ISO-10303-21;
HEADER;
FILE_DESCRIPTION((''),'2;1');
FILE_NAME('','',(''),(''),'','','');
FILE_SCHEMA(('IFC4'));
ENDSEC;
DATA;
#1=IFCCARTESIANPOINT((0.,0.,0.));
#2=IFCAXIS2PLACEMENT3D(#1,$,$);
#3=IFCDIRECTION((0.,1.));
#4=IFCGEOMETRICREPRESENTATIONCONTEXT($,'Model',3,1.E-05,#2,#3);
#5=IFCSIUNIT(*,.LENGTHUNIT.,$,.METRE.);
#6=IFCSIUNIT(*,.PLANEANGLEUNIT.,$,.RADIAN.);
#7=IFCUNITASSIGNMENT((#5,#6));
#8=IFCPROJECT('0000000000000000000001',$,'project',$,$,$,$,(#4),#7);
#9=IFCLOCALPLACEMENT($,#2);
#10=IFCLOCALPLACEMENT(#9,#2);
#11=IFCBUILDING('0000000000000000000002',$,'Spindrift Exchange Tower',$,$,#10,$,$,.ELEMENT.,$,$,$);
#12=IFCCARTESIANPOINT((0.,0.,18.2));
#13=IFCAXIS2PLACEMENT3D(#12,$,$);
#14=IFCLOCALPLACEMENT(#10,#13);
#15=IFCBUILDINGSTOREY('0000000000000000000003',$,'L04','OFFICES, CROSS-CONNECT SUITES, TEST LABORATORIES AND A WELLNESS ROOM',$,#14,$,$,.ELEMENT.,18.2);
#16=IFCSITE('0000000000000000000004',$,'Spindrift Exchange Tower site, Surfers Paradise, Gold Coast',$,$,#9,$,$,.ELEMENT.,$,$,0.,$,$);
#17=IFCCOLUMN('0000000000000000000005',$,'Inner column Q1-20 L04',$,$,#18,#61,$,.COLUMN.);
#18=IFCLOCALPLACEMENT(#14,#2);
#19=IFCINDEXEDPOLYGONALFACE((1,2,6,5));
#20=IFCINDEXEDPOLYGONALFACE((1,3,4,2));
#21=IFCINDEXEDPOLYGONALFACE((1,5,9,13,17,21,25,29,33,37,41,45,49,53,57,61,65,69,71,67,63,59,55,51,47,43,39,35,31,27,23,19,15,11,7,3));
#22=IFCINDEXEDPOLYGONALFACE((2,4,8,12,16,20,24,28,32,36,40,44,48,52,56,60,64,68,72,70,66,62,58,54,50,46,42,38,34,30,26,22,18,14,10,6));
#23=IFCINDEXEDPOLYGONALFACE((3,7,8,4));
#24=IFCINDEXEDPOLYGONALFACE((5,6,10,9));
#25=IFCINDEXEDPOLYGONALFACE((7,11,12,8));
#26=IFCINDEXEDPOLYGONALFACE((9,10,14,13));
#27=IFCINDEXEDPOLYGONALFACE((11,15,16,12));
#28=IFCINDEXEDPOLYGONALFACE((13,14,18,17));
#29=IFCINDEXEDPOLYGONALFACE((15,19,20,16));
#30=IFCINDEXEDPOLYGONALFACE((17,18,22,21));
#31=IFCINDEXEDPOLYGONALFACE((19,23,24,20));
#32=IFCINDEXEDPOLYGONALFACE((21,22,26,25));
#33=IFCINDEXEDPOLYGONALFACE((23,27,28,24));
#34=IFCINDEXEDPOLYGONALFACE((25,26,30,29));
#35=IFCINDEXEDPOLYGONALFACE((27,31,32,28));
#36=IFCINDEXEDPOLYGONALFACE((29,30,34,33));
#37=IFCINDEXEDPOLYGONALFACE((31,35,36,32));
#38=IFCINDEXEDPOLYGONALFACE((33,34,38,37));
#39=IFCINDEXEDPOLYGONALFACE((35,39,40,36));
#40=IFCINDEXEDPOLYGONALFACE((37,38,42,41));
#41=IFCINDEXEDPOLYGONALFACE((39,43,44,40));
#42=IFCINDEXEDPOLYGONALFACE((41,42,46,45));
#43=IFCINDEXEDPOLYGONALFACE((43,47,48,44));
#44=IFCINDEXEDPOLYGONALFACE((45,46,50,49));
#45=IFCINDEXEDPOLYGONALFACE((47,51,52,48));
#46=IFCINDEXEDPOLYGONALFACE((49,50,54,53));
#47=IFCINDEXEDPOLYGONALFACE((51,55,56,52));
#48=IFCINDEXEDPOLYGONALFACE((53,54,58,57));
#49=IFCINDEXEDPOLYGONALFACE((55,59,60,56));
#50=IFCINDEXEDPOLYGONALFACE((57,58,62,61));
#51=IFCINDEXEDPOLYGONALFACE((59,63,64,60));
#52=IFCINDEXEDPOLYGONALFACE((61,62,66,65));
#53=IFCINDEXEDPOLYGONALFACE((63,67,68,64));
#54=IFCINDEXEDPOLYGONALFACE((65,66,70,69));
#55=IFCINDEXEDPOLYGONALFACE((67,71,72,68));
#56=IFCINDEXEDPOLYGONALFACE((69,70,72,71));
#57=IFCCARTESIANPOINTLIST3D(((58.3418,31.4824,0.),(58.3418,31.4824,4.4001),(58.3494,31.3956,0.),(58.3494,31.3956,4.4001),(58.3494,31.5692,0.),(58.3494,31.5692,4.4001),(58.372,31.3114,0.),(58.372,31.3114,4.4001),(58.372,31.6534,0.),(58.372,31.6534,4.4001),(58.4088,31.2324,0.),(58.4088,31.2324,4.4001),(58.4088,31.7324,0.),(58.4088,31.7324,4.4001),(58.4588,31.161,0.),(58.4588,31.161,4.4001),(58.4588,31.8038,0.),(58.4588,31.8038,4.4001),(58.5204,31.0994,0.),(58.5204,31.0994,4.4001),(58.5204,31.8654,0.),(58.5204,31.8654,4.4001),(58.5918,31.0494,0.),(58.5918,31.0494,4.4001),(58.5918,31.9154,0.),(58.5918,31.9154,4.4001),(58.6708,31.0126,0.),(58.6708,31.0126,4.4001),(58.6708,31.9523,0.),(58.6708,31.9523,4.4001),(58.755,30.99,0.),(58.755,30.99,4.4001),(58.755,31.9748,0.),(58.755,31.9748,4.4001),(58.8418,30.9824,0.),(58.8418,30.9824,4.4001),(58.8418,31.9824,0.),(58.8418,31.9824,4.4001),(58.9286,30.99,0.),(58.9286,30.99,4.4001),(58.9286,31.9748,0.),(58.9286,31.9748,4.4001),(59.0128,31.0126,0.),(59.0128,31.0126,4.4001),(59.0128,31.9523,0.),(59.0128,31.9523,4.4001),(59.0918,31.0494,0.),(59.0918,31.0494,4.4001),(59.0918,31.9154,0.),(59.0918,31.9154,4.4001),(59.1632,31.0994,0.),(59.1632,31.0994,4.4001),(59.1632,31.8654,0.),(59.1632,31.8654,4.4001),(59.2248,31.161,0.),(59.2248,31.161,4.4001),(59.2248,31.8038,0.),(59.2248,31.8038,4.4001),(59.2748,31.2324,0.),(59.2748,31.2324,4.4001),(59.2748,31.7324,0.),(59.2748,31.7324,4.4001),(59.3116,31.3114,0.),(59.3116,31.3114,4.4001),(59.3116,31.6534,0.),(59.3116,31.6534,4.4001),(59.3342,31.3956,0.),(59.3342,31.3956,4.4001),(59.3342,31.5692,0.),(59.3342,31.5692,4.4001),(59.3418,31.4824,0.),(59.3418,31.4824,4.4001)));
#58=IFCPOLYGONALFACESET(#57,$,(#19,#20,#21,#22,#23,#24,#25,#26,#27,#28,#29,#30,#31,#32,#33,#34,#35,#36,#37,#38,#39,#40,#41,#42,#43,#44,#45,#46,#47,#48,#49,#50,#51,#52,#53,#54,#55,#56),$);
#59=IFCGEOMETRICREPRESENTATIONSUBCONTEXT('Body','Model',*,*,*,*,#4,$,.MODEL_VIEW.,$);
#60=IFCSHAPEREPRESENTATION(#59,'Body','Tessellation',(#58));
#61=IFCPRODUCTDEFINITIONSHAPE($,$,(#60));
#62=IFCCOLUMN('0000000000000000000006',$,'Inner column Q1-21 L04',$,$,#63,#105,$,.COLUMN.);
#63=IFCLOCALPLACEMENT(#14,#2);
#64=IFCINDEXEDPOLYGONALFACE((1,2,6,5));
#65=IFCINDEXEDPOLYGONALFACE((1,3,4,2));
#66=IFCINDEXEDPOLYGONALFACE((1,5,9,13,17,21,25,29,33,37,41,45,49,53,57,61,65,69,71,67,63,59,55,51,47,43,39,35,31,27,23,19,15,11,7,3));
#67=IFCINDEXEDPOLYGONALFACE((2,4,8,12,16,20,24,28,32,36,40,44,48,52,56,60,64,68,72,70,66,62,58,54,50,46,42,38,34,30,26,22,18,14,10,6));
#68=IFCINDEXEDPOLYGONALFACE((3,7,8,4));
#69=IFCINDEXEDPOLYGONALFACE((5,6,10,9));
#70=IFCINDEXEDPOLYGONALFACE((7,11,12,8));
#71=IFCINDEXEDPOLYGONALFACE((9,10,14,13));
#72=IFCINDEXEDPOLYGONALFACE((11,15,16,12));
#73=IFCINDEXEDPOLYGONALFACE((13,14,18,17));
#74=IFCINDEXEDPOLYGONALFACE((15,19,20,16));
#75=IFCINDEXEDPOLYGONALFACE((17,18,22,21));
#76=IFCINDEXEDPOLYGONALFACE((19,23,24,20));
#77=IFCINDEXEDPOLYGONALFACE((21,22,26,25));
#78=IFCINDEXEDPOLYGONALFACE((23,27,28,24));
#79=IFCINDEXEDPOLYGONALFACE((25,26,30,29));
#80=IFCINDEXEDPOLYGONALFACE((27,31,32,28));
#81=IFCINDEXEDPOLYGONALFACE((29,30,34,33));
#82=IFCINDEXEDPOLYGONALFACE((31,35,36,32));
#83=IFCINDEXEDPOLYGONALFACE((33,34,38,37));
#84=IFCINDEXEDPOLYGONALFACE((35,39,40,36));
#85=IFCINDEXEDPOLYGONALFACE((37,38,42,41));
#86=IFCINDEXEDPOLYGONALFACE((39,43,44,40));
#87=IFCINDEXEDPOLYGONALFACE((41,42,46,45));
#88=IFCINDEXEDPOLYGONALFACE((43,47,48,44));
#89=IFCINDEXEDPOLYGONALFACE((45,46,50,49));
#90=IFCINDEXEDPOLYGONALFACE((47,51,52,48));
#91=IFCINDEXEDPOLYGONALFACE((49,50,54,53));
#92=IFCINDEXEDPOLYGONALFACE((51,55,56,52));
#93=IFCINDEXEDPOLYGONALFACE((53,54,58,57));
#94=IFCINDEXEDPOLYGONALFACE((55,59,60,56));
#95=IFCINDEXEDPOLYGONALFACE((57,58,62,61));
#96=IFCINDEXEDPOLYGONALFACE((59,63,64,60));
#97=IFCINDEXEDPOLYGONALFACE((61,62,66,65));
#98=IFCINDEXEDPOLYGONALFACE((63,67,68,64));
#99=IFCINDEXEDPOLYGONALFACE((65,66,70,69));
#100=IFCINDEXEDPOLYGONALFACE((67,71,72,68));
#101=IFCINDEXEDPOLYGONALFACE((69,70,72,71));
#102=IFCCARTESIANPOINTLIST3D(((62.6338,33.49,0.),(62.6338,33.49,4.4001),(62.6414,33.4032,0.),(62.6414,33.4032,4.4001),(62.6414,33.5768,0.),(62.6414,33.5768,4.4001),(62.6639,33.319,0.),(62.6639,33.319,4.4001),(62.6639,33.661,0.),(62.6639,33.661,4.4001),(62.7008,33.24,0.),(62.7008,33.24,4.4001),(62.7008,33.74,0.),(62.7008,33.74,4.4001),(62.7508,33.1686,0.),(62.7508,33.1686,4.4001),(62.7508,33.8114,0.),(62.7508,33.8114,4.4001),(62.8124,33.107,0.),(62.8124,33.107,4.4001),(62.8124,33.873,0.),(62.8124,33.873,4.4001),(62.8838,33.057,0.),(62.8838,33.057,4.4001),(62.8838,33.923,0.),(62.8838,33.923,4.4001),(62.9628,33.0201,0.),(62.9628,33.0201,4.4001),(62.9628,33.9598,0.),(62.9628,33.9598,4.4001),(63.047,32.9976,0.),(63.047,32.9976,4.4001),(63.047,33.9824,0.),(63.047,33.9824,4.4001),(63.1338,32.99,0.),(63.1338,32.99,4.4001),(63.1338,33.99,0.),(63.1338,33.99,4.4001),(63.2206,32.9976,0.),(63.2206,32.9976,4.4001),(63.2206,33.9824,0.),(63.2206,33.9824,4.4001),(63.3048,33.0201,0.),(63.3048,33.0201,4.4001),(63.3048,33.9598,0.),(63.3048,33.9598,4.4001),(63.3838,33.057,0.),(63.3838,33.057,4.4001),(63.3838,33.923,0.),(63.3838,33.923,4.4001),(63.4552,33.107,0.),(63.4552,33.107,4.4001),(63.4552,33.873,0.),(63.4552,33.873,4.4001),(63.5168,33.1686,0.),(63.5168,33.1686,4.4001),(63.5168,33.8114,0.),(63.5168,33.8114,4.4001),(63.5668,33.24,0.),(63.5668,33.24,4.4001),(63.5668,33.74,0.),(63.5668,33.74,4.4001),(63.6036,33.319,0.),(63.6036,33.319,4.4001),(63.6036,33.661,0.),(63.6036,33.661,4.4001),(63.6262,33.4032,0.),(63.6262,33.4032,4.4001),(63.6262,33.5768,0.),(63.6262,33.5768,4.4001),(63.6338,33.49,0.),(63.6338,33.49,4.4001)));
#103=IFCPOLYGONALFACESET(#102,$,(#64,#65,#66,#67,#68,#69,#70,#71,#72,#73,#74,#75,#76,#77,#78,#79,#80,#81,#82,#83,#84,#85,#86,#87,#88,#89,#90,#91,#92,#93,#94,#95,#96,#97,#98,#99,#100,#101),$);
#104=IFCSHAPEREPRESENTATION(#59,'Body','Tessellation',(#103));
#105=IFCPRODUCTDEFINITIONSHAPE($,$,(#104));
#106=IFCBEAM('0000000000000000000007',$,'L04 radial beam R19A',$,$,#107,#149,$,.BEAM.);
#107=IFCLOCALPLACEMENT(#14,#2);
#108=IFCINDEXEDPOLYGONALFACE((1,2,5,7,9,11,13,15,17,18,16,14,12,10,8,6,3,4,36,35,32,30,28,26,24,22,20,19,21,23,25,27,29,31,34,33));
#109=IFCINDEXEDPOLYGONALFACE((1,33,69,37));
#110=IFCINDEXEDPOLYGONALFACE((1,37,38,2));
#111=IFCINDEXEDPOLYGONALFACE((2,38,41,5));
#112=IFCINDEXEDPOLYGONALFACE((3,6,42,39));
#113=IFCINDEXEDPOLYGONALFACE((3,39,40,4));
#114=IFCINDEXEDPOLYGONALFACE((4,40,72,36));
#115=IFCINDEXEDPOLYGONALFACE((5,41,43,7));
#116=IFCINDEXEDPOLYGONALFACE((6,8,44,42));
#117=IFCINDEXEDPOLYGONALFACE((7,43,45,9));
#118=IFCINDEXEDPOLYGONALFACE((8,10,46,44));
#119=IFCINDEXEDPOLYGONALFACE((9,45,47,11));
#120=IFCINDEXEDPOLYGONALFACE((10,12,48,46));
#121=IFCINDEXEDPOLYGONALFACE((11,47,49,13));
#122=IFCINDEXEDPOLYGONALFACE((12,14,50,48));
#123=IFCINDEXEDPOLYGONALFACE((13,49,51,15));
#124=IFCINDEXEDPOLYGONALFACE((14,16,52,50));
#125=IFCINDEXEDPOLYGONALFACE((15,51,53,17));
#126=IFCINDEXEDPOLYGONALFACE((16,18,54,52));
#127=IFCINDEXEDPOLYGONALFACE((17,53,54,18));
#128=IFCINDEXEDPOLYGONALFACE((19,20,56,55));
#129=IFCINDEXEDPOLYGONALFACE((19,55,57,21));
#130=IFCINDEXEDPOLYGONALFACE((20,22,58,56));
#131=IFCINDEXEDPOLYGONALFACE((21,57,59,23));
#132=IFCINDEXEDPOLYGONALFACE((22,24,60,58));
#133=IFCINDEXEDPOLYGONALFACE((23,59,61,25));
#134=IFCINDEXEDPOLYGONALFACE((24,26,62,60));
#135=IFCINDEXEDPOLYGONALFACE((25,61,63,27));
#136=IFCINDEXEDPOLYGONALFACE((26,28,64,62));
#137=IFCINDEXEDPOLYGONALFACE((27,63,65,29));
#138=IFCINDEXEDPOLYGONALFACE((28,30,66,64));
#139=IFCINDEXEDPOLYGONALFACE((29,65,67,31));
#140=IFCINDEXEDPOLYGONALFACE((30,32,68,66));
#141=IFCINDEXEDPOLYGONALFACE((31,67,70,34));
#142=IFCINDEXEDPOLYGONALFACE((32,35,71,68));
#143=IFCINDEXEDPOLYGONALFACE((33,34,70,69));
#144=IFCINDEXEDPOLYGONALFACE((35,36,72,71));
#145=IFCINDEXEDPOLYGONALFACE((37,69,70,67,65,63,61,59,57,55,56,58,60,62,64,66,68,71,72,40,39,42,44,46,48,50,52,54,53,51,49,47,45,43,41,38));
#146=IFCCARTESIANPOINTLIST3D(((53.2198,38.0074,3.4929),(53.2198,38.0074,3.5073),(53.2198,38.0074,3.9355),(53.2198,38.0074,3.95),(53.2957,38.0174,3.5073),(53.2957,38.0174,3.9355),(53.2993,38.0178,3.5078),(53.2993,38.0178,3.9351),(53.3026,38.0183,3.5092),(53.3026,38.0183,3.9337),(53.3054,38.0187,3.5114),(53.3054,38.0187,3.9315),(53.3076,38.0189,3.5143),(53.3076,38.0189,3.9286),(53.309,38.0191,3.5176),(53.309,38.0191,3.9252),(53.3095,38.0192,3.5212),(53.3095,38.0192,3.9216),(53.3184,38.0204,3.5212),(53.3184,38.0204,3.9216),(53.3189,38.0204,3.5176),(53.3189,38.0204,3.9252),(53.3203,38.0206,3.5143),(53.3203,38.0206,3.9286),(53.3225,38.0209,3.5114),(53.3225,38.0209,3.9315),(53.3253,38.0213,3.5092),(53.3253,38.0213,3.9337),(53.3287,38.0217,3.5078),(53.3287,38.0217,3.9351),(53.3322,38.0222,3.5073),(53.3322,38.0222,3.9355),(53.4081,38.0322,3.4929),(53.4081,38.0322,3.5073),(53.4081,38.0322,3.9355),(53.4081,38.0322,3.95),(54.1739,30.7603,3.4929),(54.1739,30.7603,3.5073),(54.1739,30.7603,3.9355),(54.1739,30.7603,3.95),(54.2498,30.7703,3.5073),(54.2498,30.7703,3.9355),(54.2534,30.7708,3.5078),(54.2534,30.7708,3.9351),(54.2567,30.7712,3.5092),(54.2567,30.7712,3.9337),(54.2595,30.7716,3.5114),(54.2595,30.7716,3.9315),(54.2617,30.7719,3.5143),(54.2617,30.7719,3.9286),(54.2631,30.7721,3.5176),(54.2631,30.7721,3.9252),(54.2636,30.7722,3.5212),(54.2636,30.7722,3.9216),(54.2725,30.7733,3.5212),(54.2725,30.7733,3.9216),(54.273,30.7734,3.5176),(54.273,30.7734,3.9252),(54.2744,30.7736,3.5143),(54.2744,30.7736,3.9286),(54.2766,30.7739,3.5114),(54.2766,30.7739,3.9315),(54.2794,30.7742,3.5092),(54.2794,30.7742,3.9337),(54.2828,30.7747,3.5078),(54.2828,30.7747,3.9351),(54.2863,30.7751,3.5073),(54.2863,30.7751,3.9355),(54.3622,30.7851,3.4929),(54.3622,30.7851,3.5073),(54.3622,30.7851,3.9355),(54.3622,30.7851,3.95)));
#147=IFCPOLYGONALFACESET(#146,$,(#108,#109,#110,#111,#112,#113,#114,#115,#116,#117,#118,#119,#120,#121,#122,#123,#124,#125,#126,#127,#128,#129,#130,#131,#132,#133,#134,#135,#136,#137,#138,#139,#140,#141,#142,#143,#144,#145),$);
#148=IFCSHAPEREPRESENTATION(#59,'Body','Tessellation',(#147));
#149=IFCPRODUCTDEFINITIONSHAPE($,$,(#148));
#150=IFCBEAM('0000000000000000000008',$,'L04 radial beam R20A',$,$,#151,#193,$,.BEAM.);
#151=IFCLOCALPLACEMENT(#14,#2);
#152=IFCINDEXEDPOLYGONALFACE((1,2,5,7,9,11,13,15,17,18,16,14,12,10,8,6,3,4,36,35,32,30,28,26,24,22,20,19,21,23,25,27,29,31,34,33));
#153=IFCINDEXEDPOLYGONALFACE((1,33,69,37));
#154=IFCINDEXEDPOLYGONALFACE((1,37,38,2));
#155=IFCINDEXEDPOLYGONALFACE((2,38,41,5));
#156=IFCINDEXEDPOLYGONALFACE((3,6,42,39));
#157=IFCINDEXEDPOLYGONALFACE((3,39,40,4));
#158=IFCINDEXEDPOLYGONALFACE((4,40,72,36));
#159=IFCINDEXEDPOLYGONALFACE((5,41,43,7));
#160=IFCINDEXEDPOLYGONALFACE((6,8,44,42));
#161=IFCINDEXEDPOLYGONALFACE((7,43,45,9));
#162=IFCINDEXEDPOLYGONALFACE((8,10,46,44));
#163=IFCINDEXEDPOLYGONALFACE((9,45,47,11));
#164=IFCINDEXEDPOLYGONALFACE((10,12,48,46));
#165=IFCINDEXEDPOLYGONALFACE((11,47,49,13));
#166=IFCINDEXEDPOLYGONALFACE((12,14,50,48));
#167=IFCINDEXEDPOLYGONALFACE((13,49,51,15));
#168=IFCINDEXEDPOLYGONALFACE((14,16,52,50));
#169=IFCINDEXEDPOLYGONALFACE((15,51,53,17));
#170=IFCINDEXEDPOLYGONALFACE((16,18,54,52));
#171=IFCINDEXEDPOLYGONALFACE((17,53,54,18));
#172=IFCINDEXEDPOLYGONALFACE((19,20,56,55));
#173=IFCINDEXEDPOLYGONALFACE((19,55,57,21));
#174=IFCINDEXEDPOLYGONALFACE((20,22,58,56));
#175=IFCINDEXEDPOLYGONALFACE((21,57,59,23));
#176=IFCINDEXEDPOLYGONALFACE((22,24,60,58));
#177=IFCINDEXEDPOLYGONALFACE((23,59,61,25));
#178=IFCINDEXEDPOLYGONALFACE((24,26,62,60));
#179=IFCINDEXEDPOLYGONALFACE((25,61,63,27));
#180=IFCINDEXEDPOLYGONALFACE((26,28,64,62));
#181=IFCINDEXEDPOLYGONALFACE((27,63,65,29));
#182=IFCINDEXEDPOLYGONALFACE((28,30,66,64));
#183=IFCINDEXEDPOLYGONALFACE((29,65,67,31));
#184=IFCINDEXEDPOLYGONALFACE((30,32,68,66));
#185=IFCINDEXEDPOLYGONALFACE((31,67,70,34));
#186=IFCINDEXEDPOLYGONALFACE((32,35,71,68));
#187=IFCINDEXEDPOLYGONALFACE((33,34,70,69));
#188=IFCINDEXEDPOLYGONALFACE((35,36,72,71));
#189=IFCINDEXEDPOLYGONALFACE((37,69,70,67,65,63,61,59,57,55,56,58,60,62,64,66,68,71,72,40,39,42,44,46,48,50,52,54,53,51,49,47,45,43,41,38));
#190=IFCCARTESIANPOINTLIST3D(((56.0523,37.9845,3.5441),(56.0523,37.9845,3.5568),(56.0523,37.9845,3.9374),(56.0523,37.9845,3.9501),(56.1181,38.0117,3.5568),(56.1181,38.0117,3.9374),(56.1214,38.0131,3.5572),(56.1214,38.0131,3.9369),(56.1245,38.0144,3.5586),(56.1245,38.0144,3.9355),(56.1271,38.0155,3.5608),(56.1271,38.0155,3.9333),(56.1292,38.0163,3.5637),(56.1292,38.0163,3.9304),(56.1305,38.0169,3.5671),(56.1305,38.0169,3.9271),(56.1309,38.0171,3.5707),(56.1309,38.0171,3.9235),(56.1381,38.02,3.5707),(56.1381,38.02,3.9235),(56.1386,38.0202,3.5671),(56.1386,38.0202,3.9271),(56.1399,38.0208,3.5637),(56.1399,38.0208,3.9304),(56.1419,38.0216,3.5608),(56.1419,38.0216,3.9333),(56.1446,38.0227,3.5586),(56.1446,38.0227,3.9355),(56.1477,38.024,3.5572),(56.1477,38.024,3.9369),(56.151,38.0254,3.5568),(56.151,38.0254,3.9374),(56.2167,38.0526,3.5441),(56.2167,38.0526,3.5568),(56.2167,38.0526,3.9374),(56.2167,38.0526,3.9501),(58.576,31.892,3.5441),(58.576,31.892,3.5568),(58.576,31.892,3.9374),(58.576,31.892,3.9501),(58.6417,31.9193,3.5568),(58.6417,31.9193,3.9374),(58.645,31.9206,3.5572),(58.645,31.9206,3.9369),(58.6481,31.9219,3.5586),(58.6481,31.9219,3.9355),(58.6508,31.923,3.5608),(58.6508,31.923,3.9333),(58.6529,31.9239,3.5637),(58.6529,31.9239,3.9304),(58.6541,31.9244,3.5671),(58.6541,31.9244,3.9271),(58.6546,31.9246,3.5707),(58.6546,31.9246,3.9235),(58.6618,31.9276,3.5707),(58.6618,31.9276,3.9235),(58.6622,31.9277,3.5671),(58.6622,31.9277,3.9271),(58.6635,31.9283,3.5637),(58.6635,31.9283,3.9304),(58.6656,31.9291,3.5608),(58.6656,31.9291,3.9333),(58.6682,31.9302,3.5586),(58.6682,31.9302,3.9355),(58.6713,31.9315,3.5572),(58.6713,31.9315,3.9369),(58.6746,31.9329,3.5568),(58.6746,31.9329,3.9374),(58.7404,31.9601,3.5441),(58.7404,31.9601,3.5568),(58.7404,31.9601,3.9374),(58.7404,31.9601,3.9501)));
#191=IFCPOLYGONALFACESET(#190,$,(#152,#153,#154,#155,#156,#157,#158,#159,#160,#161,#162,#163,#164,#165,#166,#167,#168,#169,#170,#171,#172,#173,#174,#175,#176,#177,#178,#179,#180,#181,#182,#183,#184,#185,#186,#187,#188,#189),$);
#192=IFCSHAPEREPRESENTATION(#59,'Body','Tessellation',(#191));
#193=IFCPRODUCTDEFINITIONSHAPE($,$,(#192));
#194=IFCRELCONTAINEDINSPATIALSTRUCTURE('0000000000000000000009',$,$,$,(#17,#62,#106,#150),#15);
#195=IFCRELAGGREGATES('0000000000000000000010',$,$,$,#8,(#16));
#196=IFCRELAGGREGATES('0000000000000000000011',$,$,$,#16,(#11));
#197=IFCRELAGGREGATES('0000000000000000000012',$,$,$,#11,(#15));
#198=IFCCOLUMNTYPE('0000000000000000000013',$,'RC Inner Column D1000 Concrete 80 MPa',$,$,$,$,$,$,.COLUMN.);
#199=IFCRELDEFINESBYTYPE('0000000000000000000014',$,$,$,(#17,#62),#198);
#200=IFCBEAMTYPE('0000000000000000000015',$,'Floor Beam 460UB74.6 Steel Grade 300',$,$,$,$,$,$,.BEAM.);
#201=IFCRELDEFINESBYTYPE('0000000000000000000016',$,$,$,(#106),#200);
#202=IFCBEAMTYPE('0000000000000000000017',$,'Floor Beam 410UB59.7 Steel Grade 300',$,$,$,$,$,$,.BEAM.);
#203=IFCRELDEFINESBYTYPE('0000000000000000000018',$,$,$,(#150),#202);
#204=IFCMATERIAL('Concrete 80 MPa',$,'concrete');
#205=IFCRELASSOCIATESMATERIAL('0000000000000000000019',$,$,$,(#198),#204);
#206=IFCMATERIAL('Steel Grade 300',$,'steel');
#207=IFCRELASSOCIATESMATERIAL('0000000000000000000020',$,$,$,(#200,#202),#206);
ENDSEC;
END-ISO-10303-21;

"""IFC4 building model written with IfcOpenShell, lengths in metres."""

from ifc_helpers import new_model, si_unit, direction, frame, origin, origin_2d, place, context, subcontext, project, spatial, circle, i_section, extrude, source, transform, mapped, material, material_profile, profile_set, type_object, element, save


model = new_model("IFC4")

# Units and contexts
model_context = context("Model", 3, precision=1e-05, world=origin(), true_north=direction((0.0, 1.0)))
body_context = subcontext(model_context, "Body", "Model", "MODEL_VIEW")
ifc_project = project(units=[si_unit("LENGTHUNIT", "METRE"), si_unit("PLANEANGLEUNIT", "RADIAN")], contexts=[model_context])

# Site, building, storey
site_placement = place(None, origin())
site = spatial("IfcSite", under=ifc_project, at=site_placement, Name="Spindrift Exchange Tower site, Surfers Paradise, Gold Coast", CompositionType="ELEMENT", RefElevation=0.0)
building_placement = place(site_placement, origin())
building = spatial("IfcBuilding", under=site, at=building_placement, Name="Spindrift Exchange Tower", CompositionType="ELEMENT")
storey_placement = place(building_placement, frame((0.0, 0.0, 18.2)))
storey = spatial("IfcBuildingStorey", under=building, at=storey_placement, Name="L04", Description="OFFICES, CROSS-CONNECT SUITES, TEST LABORATORIES AND A WELLNESS ROOM", CompositionType="ELEMENT", Elevation=18.2)

# Columns
ifc_material_1 = material(Name="Concrete 80 MPa", Category="concrete")
ifc_material_profile_1 = material_profile(ifc_material_1, circle(Radius=0.5, at=origin_2d()), Name="RC D1000")
ifc_profile_set_1 = profile_set([ifc_material_profile_1], Name="Concrete 80 MPa")
column_type = type_object("IfcColumnType", Name="RC Inner Column D1000 Concrete 80 MPa", PredefinedType="COLUMN", material=ifc_profile_set_1)
shared_shape_1 = source(origin(), body_context, "Body", "SweptSolid", [
    extrude(circle(Radius=0.5, at=origin_2d()), origin(), (0.0, 0.0, 1.0), 4.4001),
])
for number, where, z_axis, x_axis, name in (
    (1, (58.8418, 31.4824, 0.0), (0.0, 0.0, 1.0), (1.0, 0.0, 0.0), "Inner column Q1-20 L04"),
    (2, (63.1338, 33.49, 0.0), (0.0, 0.0, 1.0), (1.0, 0.0, 0.0), "Inner column Q1-21 L04"),
):
    element("IfcColumn", number, at=place(storey_placement, frame(where, z_axis=z_axis, x_axis=x_axis)), inside=storey, type_object=column_type, Name=name, PredefinedType="COLUMN", context=body_context, shape_type="MappedRepresentation", body=[
        mapped(shared_shape_1, transform((0.0, 0.0, 0.0), scale=1.0)),
    ])

# Beams
ifc_material_2 = material(Name="Steel Grade 300", Category="steel")
ifc_material_profile_2 = material_profile(ifc_material_2, i_section(OverallWidth=0.1899, OverallDepth=0.457, WebThickness=0.009, FlangeThickness=0.0144, FilletRadius=0.0139, at=origin_2d()), Name="460UB74.6")
ifc_profile_set_2 = profile_set([ifc_material_profile_2], Name="Steel Grade 300")
beam_type_1 = type_object("IfcBeamType", Name="Floor Beam 460UB74.6 Steel Grade 300", PredefinedType="BEAM", material=ifc_profile_set_2)
shared_shape_2 = source(origin(), body_context, "Body", "SweptSolid", [
    extrude(i_section(OverallWidth=0.1899, OverallDepth=0.457, WebThickness=0.009, FlangeThickness=0.0144, FilletRadius=0.0139, at=origin_2d()), origin(), (0.0, 0.0, 1.0), 7.3096),
])
beam_1_placement = place(storey_placement, frame((53.314, 38.0198, 3.7214), z_axis=(0.130527, -0.991445, 0.0), x_axis=(0.991445, 0.130527, 0.0)))
element("IfcBeam", 3, at=beam_1_placement, inside=storey, type_object=beam_type_1, Name="L04 radial beam R19A", PredefinedType="BEAM", context=body_context, shape_type="MappedRepresentation", body=[
    mapped(shared_shape_2, transform((0.0, 0.0, 0.0), scale=1.0)),
])
ifc_material_profile_3 = material_profile(ifc_material_2, i_section(OverallWidth=0.178, OverallDepth=0.406, WebThickness=0.0078, FlangeThickness=0.0127, FilletRadius=0.0139, at=origin_2d()), Name="410UB59.7")
ifc_profile_set_3 = profile_set([ifc_material_profile_3], Name="Steel Grade 300")
beam_type_2 = type_object("IfcBeamType", Name="Floor Beam 410UB59.7 Steel Grade 300", PredefinedType="BEAM", material=ifc_profile_set_3)
shared_shape_3 = source(origin(), body_context, "Body", "SweptSolid", [
    extrude(i_section(OverallWidth=0.178, OverallDepth=0.406, WebThickness=0.0078, FlangeThickness=0.0127, FilletRadius=0.0139, at=origin_2d()), origin(), (0.0, 0.0, 1.0), 6.5945),
])
beam_2_placement = place(storey_placement, frame((56.1345, 38.0186, 3.7471), z_axis=(0.382693, -0.923876, 0.0), x_axis=(0.923876, 0.382693, 0.0)))
element("IfcBeam", 4, at=beam_2_placement, inside=storey, type_object=beam_type_2, Name="L04 radial beam R20A", PredefinedType="BEAM", context=body_context, shape_type="MappedRepresentation", body=[
    mapped(shared_shape_3, transform((0.0, 0.0, 0.0), scale=1.0)),
])

save(model, "model.ifc")
